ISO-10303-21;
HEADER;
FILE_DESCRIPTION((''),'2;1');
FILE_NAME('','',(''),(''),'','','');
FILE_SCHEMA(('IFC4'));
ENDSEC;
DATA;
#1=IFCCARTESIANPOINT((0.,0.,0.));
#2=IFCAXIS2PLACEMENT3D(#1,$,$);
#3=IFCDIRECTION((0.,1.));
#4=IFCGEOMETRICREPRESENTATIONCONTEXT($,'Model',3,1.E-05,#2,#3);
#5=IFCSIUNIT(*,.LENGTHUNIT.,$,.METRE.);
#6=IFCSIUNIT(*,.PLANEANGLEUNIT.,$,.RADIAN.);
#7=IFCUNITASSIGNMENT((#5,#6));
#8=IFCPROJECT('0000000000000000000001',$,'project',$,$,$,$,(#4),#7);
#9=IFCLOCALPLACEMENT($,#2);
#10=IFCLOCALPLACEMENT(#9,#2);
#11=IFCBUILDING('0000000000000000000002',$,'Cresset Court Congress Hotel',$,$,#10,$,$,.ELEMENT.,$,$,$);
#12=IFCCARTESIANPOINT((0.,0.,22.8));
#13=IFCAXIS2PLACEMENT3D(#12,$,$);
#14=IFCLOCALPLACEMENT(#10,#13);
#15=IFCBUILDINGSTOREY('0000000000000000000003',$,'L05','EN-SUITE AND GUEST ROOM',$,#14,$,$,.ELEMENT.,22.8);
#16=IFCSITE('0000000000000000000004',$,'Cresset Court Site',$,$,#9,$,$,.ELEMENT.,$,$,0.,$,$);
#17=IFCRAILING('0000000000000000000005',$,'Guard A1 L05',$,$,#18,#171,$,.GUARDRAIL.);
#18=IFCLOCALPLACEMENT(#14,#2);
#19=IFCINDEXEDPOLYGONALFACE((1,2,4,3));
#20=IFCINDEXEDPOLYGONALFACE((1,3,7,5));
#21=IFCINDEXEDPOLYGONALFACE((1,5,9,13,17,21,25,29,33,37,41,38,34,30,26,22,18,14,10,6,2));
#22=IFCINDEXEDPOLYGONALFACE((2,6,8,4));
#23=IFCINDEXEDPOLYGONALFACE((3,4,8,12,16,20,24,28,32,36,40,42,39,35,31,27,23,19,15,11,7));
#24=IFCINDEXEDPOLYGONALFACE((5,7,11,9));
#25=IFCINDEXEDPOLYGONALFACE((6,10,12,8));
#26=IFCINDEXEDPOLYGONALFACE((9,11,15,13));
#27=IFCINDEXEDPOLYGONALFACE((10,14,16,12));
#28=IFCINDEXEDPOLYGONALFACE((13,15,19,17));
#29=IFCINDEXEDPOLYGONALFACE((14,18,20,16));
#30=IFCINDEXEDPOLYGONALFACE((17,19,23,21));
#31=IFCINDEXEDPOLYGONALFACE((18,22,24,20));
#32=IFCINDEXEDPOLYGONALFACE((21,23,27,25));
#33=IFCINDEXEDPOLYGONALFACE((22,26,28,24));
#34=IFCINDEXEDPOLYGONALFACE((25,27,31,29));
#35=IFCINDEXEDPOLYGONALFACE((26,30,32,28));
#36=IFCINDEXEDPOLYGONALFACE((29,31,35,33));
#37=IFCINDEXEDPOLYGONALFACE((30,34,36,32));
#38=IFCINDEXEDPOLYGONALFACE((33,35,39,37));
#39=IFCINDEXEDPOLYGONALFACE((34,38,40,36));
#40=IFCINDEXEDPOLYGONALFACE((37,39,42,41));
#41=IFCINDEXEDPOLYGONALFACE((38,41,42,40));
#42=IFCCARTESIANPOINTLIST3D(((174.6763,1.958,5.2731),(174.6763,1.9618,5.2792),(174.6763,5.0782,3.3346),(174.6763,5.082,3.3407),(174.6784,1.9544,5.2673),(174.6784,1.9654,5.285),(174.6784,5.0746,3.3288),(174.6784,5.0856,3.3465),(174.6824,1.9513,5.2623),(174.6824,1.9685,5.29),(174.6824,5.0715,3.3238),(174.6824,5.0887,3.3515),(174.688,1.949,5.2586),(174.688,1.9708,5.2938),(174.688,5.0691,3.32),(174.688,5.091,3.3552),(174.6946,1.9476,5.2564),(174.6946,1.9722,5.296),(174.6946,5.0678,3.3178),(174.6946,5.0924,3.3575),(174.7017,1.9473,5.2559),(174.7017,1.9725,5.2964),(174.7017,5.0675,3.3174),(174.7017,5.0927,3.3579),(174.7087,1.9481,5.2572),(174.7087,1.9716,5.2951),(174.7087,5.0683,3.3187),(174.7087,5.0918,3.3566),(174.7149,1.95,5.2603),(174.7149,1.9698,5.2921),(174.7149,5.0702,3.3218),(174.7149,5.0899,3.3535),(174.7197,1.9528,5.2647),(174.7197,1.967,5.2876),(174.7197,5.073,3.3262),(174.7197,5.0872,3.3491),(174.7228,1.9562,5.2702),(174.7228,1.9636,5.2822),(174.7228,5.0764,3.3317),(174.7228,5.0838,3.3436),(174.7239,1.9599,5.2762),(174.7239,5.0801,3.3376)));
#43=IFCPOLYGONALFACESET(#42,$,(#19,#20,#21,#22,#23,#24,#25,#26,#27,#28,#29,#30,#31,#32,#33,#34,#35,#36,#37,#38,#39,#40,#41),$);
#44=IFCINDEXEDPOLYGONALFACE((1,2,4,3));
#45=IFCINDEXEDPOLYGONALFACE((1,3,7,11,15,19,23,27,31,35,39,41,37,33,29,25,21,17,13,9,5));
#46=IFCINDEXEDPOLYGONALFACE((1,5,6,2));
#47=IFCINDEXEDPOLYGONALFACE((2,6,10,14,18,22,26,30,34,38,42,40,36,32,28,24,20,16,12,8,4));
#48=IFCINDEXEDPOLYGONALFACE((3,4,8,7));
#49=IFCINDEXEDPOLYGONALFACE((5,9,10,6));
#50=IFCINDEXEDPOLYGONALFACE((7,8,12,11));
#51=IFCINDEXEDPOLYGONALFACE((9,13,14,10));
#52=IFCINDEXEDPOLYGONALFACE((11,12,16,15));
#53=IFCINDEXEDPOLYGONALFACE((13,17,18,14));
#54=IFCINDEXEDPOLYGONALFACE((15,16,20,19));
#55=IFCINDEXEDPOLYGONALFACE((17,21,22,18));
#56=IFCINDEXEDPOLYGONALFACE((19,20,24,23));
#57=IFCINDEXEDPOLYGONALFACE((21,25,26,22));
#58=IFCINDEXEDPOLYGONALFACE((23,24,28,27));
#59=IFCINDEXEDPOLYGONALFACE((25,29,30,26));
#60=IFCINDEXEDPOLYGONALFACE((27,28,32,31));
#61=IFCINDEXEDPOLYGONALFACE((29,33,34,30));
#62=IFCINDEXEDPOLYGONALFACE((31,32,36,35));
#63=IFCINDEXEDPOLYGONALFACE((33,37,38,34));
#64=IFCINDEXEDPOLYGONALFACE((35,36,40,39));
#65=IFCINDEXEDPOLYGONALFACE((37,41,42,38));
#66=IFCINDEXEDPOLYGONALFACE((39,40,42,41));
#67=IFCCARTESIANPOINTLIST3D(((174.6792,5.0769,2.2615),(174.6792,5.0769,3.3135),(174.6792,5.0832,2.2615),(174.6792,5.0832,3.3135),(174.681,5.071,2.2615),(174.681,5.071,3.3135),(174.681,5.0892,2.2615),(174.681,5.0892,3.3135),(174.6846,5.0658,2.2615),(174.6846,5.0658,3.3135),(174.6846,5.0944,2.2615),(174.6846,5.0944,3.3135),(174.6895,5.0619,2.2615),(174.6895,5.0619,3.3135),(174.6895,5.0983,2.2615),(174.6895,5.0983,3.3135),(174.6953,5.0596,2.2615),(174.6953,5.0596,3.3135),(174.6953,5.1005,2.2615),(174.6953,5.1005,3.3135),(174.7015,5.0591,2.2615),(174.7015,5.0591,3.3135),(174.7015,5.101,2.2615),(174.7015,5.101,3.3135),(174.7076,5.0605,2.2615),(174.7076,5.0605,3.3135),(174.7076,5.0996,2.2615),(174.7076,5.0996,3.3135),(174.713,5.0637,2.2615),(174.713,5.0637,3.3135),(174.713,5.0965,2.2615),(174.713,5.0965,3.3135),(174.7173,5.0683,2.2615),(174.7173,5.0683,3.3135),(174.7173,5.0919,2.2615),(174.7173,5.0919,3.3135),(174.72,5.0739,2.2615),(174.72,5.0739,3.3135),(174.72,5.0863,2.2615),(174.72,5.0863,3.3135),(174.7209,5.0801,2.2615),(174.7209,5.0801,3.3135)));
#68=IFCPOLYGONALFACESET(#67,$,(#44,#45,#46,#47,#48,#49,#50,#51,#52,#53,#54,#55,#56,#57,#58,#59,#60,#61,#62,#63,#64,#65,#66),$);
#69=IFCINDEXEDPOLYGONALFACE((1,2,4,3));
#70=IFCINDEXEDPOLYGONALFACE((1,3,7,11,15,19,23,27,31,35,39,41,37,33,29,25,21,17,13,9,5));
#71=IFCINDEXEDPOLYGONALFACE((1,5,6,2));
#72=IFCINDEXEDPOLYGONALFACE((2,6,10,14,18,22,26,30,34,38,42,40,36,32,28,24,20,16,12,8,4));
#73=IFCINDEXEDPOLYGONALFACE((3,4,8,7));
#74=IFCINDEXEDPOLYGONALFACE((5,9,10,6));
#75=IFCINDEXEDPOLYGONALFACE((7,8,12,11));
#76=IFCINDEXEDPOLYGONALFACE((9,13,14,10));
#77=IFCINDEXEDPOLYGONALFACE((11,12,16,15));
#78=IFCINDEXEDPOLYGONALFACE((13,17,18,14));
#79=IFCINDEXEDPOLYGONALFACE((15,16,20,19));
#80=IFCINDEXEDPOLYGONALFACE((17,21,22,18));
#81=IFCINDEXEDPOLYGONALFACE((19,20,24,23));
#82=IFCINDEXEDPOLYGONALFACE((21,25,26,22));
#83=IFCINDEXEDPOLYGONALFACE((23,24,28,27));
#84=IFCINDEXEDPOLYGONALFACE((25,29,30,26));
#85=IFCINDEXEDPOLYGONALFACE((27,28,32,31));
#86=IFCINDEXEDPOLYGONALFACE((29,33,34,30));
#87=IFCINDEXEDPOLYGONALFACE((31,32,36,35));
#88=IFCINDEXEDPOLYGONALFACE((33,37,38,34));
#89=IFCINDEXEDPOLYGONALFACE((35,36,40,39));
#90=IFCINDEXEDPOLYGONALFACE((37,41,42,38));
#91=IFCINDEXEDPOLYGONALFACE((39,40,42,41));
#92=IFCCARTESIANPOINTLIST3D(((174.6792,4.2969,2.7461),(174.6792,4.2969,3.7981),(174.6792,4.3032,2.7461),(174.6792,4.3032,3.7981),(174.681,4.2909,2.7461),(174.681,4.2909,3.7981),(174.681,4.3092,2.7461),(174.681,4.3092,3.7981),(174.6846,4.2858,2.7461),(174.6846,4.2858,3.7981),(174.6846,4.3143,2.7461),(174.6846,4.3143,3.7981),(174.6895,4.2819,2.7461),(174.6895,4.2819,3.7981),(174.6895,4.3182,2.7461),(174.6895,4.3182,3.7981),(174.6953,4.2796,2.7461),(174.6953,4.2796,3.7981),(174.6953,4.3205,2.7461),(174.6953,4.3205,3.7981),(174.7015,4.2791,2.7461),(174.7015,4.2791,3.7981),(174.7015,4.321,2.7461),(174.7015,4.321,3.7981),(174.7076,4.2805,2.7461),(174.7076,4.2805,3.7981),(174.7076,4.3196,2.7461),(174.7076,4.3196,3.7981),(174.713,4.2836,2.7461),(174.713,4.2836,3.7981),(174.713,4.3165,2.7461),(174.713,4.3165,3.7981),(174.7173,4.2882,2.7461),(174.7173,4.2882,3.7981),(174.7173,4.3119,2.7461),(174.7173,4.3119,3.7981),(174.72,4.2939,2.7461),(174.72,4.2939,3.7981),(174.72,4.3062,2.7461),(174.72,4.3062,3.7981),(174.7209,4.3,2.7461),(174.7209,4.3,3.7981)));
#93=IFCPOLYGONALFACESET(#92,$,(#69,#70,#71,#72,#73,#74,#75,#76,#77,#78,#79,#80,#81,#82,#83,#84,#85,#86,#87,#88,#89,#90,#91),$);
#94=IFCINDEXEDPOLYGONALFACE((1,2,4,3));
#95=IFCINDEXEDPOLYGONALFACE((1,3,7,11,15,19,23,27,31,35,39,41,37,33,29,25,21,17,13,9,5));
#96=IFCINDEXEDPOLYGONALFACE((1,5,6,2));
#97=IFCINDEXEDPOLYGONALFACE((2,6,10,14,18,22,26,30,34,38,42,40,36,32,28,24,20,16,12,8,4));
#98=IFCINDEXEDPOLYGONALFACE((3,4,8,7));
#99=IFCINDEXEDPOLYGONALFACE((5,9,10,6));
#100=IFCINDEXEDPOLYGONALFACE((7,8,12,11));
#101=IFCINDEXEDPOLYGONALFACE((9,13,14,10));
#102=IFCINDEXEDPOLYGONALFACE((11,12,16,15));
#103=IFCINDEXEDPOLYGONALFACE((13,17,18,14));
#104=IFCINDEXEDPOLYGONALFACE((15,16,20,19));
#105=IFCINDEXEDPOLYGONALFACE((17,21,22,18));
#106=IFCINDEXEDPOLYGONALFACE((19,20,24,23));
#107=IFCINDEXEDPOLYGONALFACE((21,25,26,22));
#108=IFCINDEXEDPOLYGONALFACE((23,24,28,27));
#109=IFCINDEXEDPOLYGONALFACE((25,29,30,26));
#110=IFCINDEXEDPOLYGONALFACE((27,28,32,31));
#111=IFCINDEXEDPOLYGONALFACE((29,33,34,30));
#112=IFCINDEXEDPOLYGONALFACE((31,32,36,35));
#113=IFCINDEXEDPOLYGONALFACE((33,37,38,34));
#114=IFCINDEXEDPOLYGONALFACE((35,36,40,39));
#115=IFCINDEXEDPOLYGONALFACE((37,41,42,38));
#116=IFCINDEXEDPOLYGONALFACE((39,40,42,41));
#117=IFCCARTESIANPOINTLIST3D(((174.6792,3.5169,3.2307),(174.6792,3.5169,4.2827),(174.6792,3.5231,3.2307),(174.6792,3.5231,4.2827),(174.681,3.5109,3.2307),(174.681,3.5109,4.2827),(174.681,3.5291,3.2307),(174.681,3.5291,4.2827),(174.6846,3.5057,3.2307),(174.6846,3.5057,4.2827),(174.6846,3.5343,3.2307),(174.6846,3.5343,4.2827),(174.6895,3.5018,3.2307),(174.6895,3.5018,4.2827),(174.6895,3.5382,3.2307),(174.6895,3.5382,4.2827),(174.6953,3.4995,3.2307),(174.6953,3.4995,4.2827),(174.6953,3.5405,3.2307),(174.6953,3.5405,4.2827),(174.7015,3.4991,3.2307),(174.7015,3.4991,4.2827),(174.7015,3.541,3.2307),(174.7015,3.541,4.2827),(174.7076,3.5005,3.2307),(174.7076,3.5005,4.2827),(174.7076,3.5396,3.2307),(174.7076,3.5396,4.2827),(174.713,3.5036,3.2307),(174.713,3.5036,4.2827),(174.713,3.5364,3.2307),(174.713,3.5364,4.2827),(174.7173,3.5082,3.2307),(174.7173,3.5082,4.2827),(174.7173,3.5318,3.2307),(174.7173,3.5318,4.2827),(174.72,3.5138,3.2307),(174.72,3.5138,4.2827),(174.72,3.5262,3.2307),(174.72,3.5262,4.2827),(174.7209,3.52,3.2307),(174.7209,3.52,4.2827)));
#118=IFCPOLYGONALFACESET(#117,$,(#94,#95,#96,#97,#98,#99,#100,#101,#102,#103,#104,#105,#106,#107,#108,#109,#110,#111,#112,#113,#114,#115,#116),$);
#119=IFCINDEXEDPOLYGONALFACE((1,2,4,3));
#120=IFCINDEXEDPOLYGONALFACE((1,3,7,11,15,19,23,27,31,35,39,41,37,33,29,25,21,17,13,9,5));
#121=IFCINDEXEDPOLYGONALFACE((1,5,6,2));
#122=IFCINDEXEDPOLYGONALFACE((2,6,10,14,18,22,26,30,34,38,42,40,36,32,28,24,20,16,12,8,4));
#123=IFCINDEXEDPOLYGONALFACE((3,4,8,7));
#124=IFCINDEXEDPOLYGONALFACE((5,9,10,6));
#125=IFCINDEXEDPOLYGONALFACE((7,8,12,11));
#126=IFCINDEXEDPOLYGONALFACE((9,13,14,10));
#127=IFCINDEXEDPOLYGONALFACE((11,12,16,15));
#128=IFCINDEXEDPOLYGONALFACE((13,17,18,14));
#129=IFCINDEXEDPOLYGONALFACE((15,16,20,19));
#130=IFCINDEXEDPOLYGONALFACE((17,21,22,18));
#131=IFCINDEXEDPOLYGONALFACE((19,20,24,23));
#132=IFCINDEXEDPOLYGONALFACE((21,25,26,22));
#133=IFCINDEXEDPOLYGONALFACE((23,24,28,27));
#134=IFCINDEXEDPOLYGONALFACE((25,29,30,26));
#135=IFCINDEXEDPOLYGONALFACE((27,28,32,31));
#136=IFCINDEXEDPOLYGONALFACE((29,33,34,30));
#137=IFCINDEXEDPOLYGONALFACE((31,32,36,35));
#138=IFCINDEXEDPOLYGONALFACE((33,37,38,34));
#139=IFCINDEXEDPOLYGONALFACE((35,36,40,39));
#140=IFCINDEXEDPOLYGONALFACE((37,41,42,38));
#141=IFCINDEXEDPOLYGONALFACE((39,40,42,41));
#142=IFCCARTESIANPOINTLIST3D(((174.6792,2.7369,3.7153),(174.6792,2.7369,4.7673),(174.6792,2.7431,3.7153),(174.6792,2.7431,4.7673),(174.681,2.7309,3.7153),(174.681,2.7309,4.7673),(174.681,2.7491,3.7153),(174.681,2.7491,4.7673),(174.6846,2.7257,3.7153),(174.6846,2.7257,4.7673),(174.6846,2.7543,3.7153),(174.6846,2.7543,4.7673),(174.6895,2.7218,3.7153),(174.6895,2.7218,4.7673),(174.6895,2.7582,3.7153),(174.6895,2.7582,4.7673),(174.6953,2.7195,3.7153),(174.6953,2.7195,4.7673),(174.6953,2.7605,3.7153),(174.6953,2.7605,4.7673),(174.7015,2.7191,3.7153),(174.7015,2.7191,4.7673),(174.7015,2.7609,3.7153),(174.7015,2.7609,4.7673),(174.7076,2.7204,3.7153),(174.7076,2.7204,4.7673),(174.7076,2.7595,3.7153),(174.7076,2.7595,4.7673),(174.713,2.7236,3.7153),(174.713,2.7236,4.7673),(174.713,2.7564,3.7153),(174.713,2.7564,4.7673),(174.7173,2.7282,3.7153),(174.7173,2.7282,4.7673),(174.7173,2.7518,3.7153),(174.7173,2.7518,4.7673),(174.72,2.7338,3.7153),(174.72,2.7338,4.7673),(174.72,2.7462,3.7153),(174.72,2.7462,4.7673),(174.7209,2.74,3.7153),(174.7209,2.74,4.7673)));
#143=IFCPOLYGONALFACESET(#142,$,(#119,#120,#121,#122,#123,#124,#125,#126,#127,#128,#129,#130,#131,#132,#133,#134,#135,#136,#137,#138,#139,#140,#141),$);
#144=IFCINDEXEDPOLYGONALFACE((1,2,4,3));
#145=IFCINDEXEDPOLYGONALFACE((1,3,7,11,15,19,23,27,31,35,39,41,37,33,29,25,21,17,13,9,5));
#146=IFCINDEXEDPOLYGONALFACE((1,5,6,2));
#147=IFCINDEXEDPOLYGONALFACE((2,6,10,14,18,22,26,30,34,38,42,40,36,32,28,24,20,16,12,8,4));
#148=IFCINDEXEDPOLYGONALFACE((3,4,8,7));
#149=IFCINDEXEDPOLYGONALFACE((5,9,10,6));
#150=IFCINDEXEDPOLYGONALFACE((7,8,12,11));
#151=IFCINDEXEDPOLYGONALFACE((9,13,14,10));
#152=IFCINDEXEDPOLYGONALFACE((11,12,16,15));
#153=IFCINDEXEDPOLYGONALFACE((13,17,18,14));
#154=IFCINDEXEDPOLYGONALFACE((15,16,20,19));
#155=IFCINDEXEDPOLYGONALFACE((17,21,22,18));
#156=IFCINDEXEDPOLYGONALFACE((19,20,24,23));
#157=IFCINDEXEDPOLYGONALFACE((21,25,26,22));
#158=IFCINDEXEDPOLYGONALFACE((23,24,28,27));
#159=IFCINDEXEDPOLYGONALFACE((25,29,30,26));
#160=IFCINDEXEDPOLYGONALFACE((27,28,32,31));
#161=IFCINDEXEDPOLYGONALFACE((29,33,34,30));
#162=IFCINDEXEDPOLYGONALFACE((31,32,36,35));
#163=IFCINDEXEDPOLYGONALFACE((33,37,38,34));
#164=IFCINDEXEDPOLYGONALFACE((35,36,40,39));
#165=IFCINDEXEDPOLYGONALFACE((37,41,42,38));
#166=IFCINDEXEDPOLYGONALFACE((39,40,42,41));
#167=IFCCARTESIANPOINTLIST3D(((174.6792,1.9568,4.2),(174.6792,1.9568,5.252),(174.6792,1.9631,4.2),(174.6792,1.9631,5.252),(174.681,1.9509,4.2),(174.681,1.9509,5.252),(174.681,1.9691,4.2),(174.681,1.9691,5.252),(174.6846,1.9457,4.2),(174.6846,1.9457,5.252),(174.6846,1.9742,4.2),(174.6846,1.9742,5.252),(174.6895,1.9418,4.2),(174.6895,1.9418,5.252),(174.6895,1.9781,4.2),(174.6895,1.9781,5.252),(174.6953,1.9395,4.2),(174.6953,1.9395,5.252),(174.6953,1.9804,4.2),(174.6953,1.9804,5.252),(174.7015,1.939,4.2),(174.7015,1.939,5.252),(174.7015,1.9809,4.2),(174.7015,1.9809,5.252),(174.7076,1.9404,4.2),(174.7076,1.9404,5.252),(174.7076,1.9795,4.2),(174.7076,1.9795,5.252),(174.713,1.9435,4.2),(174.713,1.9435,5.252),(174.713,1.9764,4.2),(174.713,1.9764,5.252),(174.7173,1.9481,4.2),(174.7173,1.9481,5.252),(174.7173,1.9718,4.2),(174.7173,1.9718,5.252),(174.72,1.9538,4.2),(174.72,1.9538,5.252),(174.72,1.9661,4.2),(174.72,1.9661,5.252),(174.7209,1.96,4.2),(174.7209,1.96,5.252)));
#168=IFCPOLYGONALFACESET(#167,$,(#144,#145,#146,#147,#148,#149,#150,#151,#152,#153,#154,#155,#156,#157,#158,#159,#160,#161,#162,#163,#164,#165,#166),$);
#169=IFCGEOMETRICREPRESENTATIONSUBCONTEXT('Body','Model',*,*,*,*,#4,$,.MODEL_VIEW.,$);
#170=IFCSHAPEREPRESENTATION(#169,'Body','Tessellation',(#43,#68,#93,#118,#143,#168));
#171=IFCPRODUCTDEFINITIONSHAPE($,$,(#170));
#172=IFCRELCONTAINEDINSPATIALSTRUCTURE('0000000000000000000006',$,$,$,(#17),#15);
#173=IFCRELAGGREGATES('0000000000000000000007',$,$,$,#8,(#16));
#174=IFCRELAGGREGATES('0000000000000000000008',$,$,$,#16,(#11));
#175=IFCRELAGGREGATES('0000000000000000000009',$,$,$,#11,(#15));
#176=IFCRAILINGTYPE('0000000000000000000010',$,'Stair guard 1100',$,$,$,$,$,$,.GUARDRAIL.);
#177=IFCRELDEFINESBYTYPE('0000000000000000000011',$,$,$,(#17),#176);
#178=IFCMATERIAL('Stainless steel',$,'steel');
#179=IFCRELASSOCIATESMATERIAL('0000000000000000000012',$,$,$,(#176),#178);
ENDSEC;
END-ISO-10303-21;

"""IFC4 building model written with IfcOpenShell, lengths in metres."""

from ifc_helpers import new_model, si_unit, direction, frame, origin, origin_2d, place, context, subcontext, project, spatial, circle, extrude, material, type_object, element, save


model = new_model("IFC4")

# Units and contexts
model_context = context("Model", 3, precision=1e-05, world=origin(), true_north=direction((0.0, 1.0)))
body_context = subcontext(model_context, "Body", "Model", "MODEL_VIEW")
ifc_project = project(units=[si_unit("LENGTHUNIT", "METRE"), si_unit("PLANEANGLEUNIT", "RADIAN")], contexts=[model_context])

# Site, building, storey
site_placement = place(None, origin())
site = spatial("IfcSite", under=ifc_project, at=site_placement, Name="Cresset Court Site", CompositionType="ELEMENT", RefElevation=0.0)
building_placement = place(site_placement, origin())
building = spatial("IfcBuilding", under=site, at=building_placement, Name="Cresset Court Congress Hotel", CompositionType="ELEMENT")
storey_placement = place(building_placement, frame((0.0, 0.0, 22.8)))
storey = spatial("IfcBuildingStorey", under=building, at=storey_placement, Name="L05", Description="EN-SUITE AND GUEST ROOM", CompositionType="ELEMENT", Elevation=22.8)

# Railing
ifc_material_1 = material(Name="Stainless steel", Category="steel")
railing_type_1 = type_object("IfcRailingType", Name="Stair guard 1100", PredefinedType="GUARDRAIL", material=ifc_material_1)
railing_1_placement = place(storey_placement, frame((174.7, 5.0801, 2.2615)))
element("IfcRailing", 1, at=railing_1_placement, inside=storey, type_object=railing_type_1, Name="Guard A1 L05", PredefinedType="GUARDRAIL", context=body_context, shape_type="SweptSolid", body=[
    extrude(circle(Radius=0.0239, at=origin_2d()), frame((0.0, 0.0, 1.0762), z_axis=(0.0, -0.849414, 0.527727), x_axis=(1.0, 0.0, 0.0)), (0.0, 0.0, 1.0), 3.6733),
    extrude(circle(Radius=0.021, at=origin_2d()), origin(), (0.0, 0.0, 1.0), 1.052),
    extrude(circle(Radius=0.021, at=origin_2d()), frame((0.0, -0.78, 0.4846)), (0.0, 0.0, 1.0), 1.052),
    extrude(circle(Radius=0.021, at=origin_2d()), frame((0.0, -1.5601, 0.9692)), (0.0, 0.0, 1.0), 1.052),
    extrude(circle(Radius=0.021, at=origin_2d()), frame((0.0, -2.3401, 1.4539)), (0.0, 0.0, 1.0), 1.052),
    extrude(circle(Radius=0.021, at=origin_2d()), frame((0.0, -3.1201, 1.9385)), (0.0, 0.0, 1.0), 1.052),
])

save(model, "model.ifc")
